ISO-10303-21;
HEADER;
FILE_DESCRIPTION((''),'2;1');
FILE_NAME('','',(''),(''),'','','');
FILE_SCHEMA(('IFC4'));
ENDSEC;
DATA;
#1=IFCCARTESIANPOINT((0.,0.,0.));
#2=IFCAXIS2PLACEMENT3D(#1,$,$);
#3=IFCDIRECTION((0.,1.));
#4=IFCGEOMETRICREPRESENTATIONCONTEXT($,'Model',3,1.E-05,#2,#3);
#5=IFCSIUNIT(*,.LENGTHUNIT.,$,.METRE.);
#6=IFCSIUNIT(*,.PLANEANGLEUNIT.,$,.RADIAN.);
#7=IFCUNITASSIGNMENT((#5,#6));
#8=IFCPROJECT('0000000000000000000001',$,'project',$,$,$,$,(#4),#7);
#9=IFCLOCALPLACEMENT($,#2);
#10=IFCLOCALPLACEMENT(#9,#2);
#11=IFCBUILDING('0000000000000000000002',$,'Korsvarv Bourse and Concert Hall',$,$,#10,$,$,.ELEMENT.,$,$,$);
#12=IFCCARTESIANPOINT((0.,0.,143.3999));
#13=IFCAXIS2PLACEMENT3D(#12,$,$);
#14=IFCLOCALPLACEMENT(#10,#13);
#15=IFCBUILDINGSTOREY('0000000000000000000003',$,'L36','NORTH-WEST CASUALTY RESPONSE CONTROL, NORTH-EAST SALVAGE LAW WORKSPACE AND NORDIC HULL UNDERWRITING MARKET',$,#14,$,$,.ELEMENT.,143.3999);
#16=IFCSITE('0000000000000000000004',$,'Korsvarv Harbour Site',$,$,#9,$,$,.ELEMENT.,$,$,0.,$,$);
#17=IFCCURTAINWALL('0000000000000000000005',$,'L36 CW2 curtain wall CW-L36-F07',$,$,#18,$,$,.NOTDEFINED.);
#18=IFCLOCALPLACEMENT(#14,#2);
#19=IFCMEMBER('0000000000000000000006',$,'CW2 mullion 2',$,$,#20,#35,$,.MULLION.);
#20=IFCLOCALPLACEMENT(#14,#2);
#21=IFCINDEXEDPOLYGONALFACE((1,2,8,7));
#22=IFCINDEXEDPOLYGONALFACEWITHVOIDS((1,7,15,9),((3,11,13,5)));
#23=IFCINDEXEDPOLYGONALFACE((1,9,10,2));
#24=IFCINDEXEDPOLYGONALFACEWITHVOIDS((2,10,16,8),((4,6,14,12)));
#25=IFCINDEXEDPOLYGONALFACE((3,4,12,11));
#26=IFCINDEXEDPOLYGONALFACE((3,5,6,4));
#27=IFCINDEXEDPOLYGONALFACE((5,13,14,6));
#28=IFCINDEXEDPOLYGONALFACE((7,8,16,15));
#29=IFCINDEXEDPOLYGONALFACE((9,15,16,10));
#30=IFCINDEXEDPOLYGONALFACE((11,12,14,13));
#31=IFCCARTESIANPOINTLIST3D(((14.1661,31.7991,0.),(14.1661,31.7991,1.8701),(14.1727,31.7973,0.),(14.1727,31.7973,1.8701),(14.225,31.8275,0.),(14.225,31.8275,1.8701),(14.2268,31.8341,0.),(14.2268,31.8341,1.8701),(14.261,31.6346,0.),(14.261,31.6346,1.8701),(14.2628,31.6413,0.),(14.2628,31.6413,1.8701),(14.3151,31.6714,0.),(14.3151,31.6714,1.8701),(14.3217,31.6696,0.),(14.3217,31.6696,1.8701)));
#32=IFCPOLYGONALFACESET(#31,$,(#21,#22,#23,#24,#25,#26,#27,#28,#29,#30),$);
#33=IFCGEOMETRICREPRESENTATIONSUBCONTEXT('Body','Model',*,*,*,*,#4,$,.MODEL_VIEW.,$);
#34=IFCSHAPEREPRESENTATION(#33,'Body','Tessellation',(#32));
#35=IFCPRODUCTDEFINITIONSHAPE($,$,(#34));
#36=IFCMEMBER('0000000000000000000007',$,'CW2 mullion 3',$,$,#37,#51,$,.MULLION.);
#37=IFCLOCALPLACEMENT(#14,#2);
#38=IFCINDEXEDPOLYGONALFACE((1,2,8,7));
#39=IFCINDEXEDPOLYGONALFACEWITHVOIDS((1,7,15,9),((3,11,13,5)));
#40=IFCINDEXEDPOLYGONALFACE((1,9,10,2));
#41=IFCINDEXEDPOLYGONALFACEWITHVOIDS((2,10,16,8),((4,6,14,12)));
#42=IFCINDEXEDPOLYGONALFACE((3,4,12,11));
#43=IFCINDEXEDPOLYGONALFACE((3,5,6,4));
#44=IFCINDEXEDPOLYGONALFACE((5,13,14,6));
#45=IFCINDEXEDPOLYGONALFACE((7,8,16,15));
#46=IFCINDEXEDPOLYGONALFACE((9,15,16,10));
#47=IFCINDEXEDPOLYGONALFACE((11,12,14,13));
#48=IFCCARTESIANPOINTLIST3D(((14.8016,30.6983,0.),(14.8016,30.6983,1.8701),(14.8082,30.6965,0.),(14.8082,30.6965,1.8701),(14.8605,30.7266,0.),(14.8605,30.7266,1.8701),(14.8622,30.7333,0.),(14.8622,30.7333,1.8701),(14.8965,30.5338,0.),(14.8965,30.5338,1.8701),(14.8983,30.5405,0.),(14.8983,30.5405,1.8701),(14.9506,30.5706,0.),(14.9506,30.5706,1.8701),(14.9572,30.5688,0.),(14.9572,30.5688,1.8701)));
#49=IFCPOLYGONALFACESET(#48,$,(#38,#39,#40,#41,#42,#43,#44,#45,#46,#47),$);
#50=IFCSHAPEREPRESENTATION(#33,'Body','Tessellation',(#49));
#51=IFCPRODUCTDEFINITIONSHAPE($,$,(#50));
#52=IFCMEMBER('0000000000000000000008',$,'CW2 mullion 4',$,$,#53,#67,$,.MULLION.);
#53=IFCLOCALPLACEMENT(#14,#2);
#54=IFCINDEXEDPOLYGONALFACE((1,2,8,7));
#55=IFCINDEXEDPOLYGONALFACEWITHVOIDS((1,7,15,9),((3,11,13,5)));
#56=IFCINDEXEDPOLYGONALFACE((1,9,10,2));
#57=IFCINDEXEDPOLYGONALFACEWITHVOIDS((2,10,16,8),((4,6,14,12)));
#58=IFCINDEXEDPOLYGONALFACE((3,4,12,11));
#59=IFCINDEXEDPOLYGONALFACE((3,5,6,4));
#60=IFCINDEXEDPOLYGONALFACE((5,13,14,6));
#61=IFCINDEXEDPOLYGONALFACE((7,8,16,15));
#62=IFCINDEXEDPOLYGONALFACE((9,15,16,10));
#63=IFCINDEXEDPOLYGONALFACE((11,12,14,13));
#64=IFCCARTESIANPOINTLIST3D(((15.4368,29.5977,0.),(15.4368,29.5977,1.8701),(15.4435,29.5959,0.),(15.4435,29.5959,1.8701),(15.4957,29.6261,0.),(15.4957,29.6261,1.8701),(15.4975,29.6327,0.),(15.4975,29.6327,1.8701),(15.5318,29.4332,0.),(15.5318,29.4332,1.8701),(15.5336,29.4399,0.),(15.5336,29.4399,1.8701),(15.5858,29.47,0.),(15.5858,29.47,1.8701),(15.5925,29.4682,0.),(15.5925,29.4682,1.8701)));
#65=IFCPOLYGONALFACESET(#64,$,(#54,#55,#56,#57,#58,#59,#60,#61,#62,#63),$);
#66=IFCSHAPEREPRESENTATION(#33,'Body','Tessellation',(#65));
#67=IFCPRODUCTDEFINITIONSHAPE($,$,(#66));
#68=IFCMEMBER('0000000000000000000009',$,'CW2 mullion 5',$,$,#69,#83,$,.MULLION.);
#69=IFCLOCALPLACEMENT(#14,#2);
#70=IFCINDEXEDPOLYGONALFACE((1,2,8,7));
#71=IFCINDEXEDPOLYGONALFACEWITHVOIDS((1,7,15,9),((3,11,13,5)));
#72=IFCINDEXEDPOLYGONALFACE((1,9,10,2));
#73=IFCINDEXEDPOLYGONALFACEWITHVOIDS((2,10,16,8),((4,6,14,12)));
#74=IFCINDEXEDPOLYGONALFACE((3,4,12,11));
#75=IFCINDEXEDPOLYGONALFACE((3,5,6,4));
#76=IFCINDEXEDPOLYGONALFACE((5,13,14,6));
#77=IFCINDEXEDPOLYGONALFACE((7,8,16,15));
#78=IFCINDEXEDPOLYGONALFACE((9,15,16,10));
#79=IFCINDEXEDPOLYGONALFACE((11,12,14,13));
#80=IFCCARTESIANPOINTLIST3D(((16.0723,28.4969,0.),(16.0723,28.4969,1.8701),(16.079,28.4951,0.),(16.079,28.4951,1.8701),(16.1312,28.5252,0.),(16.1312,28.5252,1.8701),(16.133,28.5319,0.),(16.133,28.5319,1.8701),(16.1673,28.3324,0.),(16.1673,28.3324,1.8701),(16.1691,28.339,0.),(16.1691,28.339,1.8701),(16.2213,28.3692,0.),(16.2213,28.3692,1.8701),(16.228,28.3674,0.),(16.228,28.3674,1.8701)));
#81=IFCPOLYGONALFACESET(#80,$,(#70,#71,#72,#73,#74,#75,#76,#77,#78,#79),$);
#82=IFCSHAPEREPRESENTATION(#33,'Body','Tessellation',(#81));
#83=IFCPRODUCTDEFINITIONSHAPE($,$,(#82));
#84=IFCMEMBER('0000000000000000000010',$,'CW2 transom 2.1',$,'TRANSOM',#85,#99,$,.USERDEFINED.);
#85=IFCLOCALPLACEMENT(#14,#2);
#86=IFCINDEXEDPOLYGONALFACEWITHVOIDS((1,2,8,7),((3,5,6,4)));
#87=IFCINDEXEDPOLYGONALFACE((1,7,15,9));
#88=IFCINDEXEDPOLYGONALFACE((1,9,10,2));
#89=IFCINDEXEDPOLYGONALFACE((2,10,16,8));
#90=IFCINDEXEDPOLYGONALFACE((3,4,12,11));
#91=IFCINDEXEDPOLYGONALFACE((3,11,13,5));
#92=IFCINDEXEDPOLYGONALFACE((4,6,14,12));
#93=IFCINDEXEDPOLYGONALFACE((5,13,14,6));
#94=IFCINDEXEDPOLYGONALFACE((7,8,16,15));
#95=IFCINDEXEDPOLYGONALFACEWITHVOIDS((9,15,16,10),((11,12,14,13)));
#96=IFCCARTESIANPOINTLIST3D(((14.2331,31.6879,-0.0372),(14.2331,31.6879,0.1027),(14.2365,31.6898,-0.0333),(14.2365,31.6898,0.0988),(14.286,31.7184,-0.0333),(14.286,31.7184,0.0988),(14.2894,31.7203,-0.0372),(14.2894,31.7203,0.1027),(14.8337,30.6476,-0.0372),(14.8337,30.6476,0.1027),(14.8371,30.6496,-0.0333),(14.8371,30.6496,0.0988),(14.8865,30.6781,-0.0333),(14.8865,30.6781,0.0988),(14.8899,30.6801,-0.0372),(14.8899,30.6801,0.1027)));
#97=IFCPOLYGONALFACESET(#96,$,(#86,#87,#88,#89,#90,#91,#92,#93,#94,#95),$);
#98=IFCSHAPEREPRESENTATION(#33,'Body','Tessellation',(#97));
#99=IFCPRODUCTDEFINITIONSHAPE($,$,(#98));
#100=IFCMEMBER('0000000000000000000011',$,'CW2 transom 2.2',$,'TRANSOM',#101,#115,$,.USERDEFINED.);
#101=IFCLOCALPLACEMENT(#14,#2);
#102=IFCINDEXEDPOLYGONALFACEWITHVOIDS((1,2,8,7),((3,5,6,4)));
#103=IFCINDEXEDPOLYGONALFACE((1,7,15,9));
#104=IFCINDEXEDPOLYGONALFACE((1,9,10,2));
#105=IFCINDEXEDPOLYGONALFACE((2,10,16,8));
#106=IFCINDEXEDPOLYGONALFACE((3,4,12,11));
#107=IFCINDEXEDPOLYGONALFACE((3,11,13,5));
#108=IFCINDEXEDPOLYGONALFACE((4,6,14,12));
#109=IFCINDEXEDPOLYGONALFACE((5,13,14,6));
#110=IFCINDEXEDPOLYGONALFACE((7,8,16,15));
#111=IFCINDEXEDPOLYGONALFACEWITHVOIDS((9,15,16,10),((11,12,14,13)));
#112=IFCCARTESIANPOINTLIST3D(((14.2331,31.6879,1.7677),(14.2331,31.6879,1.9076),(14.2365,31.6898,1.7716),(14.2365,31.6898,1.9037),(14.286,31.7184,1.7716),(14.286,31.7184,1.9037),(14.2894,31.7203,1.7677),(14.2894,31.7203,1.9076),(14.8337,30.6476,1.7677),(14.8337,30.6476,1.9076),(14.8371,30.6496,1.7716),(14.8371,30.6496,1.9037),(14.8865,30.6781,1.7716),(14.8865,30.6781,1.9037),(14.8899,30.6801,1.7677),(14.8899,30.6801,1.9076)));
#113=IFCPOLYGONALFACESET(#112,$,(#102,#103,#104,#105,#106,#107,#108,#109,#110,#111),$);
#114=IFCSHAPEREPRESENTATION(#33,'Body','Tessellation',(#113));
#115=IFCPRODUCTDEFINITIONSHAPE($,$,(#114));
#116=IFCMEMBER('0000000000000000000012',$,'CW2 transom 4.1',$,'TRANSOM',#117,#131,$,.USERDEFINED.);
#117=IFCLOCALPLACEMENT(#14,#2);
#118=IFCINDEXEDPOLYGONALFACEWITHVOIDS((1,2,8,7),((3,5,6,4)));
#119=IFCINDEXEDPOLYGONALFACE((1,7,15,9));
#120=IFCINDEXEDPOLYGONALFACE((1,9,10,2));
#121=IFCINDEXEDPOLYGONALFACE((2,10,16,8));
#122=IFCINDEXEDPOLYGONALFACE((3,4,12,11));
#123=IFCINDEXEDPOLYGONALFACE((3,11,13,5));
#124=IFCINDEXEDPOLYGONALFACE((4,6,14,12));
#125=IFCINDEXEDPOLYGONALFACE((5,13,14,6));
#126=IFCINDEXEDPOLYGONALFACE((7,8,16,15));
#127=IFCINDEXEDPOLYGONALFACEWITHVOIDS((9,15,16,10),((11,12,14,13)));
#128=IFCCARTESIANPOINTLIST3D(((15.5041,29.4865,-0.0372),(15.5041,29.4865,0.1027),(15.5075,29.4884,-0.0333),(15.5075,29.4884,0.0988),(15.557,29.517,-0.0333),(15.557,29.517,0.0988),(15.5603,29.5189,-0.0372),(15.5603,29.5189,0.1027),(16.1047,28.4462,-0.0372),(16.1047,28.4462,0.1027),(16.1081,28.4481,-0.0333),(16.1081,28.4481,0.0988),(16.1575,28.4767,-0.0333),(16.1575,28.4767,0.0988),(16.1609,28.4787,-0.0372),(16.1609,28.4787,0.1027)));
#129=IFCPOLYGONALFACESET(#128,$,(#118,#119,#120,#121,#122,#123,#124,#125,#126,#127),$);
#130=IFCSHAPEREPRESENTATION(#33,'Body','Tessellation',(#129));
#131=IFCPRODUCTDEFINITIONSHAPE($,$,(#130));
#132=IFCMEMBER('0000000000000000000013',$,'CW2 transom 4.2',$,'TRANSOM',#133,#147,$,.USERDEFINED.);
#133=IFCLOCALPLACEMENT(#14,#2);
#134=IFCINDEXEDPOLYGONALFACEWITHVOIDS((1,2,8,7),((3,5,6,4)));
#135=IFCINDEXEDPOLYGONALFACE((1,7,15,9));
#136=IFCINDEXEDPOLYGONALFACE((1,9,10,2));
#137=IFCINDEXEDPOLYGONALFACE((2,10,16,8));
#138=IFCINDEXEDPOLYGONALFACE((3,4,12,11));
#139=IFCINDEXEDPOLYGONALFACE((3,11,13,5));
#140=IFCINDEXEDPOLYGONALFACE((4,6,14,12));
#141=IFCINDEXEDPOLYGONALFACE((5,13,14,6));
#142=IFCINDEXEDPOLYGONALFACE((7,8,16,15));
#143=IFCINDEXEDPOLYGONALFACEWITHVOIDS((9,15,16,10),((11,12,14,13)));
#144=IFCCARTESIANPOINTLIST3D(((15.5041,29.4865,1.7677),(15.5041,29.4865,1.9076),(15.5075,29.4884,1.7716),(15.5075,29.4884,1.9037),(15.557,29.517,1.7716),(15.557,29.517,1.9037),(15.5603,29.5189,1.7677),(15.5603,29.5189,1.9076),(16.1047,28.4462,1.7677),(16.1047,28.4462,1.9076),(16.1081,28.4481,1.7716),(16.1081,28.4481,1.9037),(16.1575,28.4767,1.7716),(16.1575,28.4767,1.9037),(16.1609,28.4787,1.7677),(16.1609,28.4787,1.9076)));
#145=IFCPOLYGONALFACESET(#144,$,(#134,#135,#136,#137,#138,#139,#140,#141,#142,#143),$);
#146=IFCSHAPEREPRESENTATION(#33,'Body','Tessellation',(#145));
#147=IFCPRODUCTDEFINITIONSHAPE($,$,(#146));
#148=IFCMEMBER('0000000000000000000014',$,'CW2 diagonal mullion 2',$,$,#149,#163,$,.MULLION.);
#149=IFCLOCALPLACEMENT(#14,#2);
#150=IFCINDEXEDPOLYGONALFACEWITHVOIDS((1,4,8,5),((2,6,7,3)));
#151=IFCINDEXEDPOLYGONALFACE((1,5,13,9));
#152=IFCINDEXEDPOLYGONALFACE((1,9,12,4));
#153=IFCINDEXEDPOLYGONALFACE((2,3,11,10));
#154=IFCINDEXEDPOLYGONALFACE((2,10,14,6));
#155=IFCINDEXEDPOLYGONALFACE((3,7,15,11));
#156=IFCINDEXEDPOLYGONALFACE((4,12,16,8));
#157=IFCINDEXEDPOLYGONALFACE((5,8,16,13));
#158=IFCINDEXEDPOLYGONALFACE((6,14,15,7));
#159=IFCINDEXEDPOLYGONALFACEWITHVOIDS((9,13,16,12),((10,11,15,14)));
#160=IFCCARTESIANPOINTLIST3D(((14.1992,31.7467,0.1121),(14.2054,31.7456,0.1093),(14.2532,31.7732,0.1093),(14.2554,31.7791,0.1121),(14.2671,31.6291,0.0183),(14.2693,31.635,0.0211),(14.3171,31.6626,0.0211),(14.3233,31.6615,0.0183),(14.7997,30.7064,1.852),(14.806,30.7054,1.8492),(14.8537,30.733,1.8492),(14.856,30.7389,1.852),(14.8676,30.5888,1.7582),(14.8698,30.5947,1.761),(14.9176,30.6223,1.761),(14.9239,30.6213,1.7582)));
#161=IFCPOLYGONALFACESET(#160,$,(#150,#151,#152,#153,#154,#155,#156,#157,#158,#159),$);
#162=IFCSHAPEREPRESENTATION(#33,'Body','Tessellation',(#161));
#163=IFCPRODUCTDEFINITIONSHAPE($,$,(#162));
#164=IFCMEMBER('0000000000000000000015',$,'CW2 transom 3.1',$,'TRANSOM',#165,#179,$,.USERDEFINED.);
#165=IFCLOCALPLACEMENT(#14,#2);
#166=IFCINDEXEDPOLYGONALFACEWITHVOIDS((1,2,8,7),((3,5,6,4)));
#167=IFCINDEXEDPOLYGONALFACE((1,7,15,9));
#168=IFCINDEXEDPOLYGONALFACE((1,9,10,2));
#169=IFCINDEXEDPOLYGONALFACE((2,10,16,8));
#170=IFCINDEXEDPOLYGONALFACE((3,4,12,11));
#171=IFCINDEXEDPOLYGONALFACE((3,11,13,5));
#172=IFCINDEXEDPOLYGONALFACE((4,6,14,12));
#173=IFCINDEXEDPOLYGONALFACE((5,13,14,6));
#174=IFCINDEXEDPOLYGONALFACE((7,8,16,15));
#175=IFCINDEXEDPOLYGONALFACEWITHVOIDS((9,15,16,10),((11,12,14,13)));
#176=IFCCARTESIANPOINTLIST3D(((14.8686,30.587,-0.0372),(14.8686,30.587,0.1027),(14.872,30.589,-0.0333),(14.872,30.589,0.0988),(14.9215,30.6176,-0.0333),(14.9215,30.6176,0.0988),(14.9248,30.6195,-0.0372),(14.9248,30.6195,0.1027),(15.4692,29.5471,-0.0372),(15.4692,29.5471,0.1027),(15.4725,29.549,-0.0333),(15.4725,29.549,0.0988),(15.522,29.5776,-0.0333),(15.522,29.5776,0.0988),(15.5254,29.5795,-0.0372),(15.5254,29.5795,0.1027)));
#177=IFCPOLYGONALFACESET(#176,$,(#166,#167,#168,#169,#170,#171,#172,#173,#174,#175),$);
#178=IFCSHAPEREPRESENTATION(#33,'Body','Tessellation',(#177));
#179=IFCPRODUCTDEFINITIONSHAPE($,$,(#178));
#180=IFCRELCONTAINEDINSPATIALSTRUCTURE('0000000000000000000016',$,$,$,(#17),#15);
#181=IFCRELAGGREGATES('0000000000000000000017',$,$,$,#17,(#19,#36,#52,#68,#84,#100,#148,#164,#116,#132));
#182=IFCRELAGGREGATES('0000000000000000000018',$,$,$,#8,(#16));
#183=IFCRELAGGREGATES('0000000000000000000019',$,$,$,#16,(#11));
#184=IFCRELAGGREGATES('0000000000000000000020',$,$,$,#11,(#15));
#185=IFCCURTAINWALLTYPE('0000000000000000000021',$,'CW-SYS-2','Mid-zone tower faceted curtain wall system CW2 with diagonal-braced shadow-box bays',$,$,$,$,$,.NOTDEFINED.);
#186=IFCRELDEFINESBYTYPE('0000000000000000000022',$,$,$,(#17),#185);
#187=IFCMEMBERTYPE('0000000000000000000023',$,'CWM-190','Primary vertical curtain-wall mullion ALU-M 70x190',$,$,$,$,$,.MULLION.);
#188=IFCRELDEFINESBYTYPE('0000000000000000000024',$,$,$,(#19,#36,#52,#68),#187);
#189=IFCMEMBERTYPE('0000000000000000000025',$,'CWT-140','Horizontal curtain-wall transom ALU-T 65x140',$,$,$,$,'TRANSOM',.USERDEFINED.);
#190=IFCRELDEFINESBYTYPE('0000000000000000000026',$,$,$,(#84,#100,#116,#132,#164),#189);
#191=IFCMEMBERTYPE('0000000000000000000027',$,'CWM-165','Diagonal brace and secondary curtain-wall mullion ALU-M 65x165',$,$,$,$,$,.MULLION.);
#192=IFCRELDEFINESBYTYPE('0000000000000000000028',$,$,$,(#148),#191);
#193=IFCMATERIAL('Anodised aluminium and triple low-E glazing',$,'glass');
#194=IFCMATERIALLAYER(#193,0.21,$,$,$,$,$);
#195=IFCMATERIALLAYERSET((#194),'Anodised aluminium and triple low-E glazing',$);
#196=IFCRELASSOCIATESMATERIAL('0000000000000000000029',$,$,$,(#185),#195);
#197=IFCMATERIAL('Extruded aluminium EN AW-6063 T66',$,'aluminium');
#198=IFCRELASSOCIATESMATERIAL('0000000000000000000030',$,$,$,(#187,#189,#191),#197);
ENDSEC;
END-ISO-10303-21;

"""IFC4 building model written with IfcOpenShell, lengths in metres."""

from ifc_helpers import new_model, si_unit, direction, frame, origin, origin_2d, place, context, subcontext, project, spatial, hollow_rectangle, extrude, source, transform, mapped, material, layer, layer_set, material_profile, profile_set, type_object, element, aggregate, save


model = new_model("IFC4")

# Units and contexts
model_context = context("Model", 3, precision=1e-05, world=origin(), true_north=direction((0.0, 1.0)))
body_context = subcontext(model_context, "Body", "Model", "MODEL_VIEW")
ifc_project = project(units=[si_unit("LENGTHUNIT", "METRE"), si_unit("PLANEANGLEUNIT", "RADIAN")], contexts=[model_context])

# Site, building, storey
site_placement = place(None, origin())
site = spatial("IfcSite", under=ifc_project, at=site_placement, Name="Korsvarv Harbour Site", CompositionType="ELEMENT", RefElevation=0.0)
building_placement = place(site_placement, origin())
building = spatial("IfcBuilding", under=site, at=building_placement, Name="Korsvarv Bourse and Concert Hall", CompositionType="ELEMENT")
storey_placement = place(building_placement, frame((0.0, 0.0, 143.3999)))
storey = spatial("IfcBuildingStorey", under=building, at=storey_placement, Name="L36", Description="NORTH-WEST CASUALTY RESPONSE CONTROL, NORTH-EAST SALVAGE LAW WORKSPACE AND NORDIC HULL UNDERWRITING MARKET", CompositionType="ELEMENT", Elevation=143.3999)

# Curtain wall, members
ifc_material_1 = material(Name="Anodised aluminium and triple low-E glazing", Category="glass")
ifc_layer_1 = layer(ifc_material_1, 0.21)
ifc_layer_set_1 = layer_set([ifc_layer_1], Name="Anodised aluminium and triple low-E glazing")
curtain_wall_type = type_object("IfcCurtainWallType", Name="CW-SYS-2", Description="Mid-zone tower faceted curtain wall system CW2 with diagonal-braced shadow-box bays", PredefinedType="NOTDEFINED", material=ifc_layer_set_1)
curtain_wall_placement = place(storey_placement, origin())
curtain_wall = element("IfcCurtainWall", 1, at=curtain_wall_placement, inside=storey, type_object=curtain_wall_type, Name="L36 CW2 curtain wall CW-L36-F07", PredefinedType="NOTDEFINED")
ifc_material_2 = material(Name="Extruded aluminium EN AW-6063 T66", Category="aluminium")
ifc_material_profile_1 = material_profile(ifc_material_2, hollow_rectangle(XDim=0.0701, YDim=0.1899, WallThickness=0.0049, at=origin_2d()), Name="ALU-M 70x190")
ifc_profile_set_1 = profile_set([ifc_material_profile_1], Name="Extruded aluminium EN AW-6063 T66")
member_type_1 = type_object("IfcMemberType", Name="CWM-190", Description="Primary vertical curtain-wall mullion ALU-M 70x190", PredefinedType="MULLION", material=ifc_profile_set_1)
shared_shape_1 = source(origin(), body_context, "Body", "SweptSolid", [
    extrude(hollow_rectangle(XDim=0.0701, YDim=0.1899, WallThickness=0.0049, at=origin_2d()), origin(), (0.0, 0.0, 1.0), 1.8701),
])
member_1_placement = place(storey_placement, frame((14.2439, 31.7344, 0.0), z_axis=(0.0, 0.0, 1.0), x_axis=(0.866025, 0.5, 0.0)))
member_1 = element("IfcMember", 2, at=member_1_placement, type_object=member_type_1, Name="CW2 mullion 2", PredefinedType="MULLION", context=body_context, shape_type="MappedRepresentation", body=[
    mapped(shared_shape_1, transform((0.0, 0.0, 0.0), scale=1.0)),
])
member_2_placement = place(storey_placement, frame((14.8794, 30.6335, 0.0), z_axis=(0.0, 0.0, 1.0), x_axis=(0.866025, 0.5, 0.0)))
member_2 = element("IfcMember", 3, at=member_2_placement, type_object=member_type_1, Name="CW2 mullion 3", PredefinedType="MULLION", context=body_context, shape_type="MappedRepresentation", body=[
    mapped(shared_shape_1, transform((0.0, 0.0, 0.0), scale=1.0)),
])
member_3_placement = place(storey_placement, frame((15.5146, 29.533, 0.0), z_axis=(0.0, 0.0, 1.0), x_axis=(0.866025, 0.5, 0.0)))
member_3 = element("IfcMember", 4, at=member_3_placement, type_object=member_type_1, Name="CW2 mullion 4", PredefinedType="MULLION", context=body_context, shape_type="MappedRepresentation", body=[
    mapped(shared_shape_1, transform((0.0, 0.0, 0.0), scale=1.0)),
])
member_4_placement = place(storey_placement, frame((16.1501, 28.4321, 0.0), z_axis=(0.0, 0.0, 1.0), x_axis=(0.866025, 0.5, 0.0)))
member_4 = element("IfcMember", 5, at=member_4_placement, type_object=member_type_1, Name="CW2 mullion 5", PredefinedType="MULLION", context=body_context, shape_type="MappedRepresentation", body=[
    mapped(shared_shape_1, transform((0.0, 0.0, 0.0), scale=1.0)),
])
ifc_material_profile_2 = material_profile(ifc_material_2, hollow_rectangle(XDim=0.0649, YDim=0.1399, WallThickness=0.0039, at=origin_2d()), Name="ALU-T 65x140")
ifc_profile_set_2 = profile_set([ifc_material_profile_2], Name="Extruded aluminium EN AW-6063 T66")
member_type_2 = type_object("IfcMemberType", Name="CWT-140", Description="Horizontal curtain-wall transom ALU-T 65x140", ElementType="TRANSOM", PredefinedType="USERDEFINED", material=ifc_profile_set_2)
shared_shape_2 = source(origin(), body_context, "Body", "SweptSolid", [
    extrude(hollow_rectangle(XDim=0.0649, YDim=0.1399, WallThickness=0.0039, at=origin_2d()), origin(), (0.0, 0.0, 1.0), 1.2012),
])
member_5_placement = place(storey_placement, frame((14.2612, 31.7041, 0.0327), z_axis=(0.499986, -0.866033, 0.0), x_axis=(0.866033, 0.499986, 0.0)))
member_5 = element("IfcMember", 6, at=member_5_placement, type_object=member_type_2, Name="CW2 transom 2.1", ObjectType="TRANSOM", PredefinedType="USERDEFINED", context=body_context, shape_type="MappedRepresentation", body=[
    mapped(shared_shape_2, transform((0.0, 0.0, 0.0), scale=1.0)),
])
member_6_placement = place(storey_placement, frame((14.2612, 31.7041, 1.8376), z_axis=(0.499986, -0.866033, 0.0), x_axis=(0.866033, 0.499986, 0.0)))
member_6 = element("IfcMember", 7, at=member_6_placement, type_object=member_type_2, Name="CW2 transom 2.2", ObjectType="TRANSOM", PredefinedType="USERDEFINED", context=body_context, shape_type="MappedRepresentation", body=[
    mapped(shared_shape_2, transform((0.0, 0.0, 0.0), scale=1.0)),
])
member_7_placement = place(storey_placement, frame((15.5322, 29.5027, 0.0327), z_axis=(0.499986, -0.866033, 0.0), x_axis=(0.866033, 0.499986, 0.0)))
member_7 = element("IfcMember", 8, at=member_7_placement, type_object=member_type_2, Name="CW2 transom 4.1", ObjectType="TRANSOM", PredefinedType="USERDEFINED", context=body_context, shape_type="MappedRepresentation", body=[
    mapped(shared_shape_2, transform((0.0, 0.0, 0.0), scale=1.0)),
])
member_8_placement = place(storey_placement, frame((15.5322, 29.5027, 1.8376), z_axis=(0.499986, -0.866033, 0.0), x_axis=(0.866033, 0.499986, 0.0)))
member_8 = element("IfcMember", 9, at=member_8_placement, type_object=member_type_2, Name="CW2 transom 4.2", ObjectType="TRANSOM", PredefinedType="USERDEFINED", context=body_context, shape_type="MappedRepresentation", body=[
    mapped(shared_shape_2, transform((0.0, 0.0, 0.0), scale=1.0)),
])
ifc_material_profile_3 = material_profile(ifc_material_2, hollow_rectangle(XDim=0.0649, YDim=0.165, WallThickness=0.0049, at=origin_2d()), Name="ALU-M 65x165")
ifc_profile_set_3 = profile_set([ifc_material_profile_3], Name="Extruded aluminium EN AW-6063 T66")
member_type_3 = type_object("IfcMemberType", Name="CWM-165", Description="Diagonal brace and secondary curtain-wall mullion ALU-M 65x165", PredefinedType="MULLION", material=ifc_profile_set_3)
shared_shape_3 = source(origin(), body_context, "Body", "SweptSolid", [
    extrude(hollow_rectangle(XDim=0.0649, YDim=0.165, WallThickness=0.0049, at=origin_2d()), origin(), (0.0, 0.0, 1.0), 2.1143),
])
member_9_placement = place(storey_placement, frame((14.2612, 31.7041, 0.0652), z_axis=(0.284053, -0.492012, 0.822945), x_axis=(0.866033, 0.499986, 0.0)))
member_9 = element("IfcMember", 10, at=member_9_placement, type_object=member_type_3, Name="CW2 diagonal mullion 2", PredefinedType="MULLION", context=body_context, shape_type="MappedRepresentation", body=[
    mapped(shared_shape_3, transform((0.0, 0.0, 0.0), scale=1.0)),
])
shared_shape_4 = source(origin(), body_context, "Body", "SweptSolid", [
    extrude(hollow_rectangle(XDim=0.0649, YDim=0.1399, WallThickness=0.0039, at=origin_2d()), origin(), (0.0, 0.0, 1.0), 1.2009),
])
member_10_placement = place(storey_placement, frame((14.8967, 30.6033, 0.0327), z_axis=(0.500074, -0.865982, 0.0), x_axis=(0.865982, 0.500074, 0.0)))
member_10 = element("IfcMember", 11, at=member_10_placement, type_object=member_type_2, Name="CW2 transom 3.1", ObjectType="TRANSOM", PredefinedType="USERDEFINED", context=body_context, shape_type="MappedRepresentation", body=[
    mapped(shared_shape_4, transform((0.0, 0.0, 0.0), scale=1.0)),
])
aggregate(curtain_wall, [member_1, member_2, member_3, member_4, member_5, member_6, member_9, member_10, member_7, member_8])

save(model, "model.ifc")
